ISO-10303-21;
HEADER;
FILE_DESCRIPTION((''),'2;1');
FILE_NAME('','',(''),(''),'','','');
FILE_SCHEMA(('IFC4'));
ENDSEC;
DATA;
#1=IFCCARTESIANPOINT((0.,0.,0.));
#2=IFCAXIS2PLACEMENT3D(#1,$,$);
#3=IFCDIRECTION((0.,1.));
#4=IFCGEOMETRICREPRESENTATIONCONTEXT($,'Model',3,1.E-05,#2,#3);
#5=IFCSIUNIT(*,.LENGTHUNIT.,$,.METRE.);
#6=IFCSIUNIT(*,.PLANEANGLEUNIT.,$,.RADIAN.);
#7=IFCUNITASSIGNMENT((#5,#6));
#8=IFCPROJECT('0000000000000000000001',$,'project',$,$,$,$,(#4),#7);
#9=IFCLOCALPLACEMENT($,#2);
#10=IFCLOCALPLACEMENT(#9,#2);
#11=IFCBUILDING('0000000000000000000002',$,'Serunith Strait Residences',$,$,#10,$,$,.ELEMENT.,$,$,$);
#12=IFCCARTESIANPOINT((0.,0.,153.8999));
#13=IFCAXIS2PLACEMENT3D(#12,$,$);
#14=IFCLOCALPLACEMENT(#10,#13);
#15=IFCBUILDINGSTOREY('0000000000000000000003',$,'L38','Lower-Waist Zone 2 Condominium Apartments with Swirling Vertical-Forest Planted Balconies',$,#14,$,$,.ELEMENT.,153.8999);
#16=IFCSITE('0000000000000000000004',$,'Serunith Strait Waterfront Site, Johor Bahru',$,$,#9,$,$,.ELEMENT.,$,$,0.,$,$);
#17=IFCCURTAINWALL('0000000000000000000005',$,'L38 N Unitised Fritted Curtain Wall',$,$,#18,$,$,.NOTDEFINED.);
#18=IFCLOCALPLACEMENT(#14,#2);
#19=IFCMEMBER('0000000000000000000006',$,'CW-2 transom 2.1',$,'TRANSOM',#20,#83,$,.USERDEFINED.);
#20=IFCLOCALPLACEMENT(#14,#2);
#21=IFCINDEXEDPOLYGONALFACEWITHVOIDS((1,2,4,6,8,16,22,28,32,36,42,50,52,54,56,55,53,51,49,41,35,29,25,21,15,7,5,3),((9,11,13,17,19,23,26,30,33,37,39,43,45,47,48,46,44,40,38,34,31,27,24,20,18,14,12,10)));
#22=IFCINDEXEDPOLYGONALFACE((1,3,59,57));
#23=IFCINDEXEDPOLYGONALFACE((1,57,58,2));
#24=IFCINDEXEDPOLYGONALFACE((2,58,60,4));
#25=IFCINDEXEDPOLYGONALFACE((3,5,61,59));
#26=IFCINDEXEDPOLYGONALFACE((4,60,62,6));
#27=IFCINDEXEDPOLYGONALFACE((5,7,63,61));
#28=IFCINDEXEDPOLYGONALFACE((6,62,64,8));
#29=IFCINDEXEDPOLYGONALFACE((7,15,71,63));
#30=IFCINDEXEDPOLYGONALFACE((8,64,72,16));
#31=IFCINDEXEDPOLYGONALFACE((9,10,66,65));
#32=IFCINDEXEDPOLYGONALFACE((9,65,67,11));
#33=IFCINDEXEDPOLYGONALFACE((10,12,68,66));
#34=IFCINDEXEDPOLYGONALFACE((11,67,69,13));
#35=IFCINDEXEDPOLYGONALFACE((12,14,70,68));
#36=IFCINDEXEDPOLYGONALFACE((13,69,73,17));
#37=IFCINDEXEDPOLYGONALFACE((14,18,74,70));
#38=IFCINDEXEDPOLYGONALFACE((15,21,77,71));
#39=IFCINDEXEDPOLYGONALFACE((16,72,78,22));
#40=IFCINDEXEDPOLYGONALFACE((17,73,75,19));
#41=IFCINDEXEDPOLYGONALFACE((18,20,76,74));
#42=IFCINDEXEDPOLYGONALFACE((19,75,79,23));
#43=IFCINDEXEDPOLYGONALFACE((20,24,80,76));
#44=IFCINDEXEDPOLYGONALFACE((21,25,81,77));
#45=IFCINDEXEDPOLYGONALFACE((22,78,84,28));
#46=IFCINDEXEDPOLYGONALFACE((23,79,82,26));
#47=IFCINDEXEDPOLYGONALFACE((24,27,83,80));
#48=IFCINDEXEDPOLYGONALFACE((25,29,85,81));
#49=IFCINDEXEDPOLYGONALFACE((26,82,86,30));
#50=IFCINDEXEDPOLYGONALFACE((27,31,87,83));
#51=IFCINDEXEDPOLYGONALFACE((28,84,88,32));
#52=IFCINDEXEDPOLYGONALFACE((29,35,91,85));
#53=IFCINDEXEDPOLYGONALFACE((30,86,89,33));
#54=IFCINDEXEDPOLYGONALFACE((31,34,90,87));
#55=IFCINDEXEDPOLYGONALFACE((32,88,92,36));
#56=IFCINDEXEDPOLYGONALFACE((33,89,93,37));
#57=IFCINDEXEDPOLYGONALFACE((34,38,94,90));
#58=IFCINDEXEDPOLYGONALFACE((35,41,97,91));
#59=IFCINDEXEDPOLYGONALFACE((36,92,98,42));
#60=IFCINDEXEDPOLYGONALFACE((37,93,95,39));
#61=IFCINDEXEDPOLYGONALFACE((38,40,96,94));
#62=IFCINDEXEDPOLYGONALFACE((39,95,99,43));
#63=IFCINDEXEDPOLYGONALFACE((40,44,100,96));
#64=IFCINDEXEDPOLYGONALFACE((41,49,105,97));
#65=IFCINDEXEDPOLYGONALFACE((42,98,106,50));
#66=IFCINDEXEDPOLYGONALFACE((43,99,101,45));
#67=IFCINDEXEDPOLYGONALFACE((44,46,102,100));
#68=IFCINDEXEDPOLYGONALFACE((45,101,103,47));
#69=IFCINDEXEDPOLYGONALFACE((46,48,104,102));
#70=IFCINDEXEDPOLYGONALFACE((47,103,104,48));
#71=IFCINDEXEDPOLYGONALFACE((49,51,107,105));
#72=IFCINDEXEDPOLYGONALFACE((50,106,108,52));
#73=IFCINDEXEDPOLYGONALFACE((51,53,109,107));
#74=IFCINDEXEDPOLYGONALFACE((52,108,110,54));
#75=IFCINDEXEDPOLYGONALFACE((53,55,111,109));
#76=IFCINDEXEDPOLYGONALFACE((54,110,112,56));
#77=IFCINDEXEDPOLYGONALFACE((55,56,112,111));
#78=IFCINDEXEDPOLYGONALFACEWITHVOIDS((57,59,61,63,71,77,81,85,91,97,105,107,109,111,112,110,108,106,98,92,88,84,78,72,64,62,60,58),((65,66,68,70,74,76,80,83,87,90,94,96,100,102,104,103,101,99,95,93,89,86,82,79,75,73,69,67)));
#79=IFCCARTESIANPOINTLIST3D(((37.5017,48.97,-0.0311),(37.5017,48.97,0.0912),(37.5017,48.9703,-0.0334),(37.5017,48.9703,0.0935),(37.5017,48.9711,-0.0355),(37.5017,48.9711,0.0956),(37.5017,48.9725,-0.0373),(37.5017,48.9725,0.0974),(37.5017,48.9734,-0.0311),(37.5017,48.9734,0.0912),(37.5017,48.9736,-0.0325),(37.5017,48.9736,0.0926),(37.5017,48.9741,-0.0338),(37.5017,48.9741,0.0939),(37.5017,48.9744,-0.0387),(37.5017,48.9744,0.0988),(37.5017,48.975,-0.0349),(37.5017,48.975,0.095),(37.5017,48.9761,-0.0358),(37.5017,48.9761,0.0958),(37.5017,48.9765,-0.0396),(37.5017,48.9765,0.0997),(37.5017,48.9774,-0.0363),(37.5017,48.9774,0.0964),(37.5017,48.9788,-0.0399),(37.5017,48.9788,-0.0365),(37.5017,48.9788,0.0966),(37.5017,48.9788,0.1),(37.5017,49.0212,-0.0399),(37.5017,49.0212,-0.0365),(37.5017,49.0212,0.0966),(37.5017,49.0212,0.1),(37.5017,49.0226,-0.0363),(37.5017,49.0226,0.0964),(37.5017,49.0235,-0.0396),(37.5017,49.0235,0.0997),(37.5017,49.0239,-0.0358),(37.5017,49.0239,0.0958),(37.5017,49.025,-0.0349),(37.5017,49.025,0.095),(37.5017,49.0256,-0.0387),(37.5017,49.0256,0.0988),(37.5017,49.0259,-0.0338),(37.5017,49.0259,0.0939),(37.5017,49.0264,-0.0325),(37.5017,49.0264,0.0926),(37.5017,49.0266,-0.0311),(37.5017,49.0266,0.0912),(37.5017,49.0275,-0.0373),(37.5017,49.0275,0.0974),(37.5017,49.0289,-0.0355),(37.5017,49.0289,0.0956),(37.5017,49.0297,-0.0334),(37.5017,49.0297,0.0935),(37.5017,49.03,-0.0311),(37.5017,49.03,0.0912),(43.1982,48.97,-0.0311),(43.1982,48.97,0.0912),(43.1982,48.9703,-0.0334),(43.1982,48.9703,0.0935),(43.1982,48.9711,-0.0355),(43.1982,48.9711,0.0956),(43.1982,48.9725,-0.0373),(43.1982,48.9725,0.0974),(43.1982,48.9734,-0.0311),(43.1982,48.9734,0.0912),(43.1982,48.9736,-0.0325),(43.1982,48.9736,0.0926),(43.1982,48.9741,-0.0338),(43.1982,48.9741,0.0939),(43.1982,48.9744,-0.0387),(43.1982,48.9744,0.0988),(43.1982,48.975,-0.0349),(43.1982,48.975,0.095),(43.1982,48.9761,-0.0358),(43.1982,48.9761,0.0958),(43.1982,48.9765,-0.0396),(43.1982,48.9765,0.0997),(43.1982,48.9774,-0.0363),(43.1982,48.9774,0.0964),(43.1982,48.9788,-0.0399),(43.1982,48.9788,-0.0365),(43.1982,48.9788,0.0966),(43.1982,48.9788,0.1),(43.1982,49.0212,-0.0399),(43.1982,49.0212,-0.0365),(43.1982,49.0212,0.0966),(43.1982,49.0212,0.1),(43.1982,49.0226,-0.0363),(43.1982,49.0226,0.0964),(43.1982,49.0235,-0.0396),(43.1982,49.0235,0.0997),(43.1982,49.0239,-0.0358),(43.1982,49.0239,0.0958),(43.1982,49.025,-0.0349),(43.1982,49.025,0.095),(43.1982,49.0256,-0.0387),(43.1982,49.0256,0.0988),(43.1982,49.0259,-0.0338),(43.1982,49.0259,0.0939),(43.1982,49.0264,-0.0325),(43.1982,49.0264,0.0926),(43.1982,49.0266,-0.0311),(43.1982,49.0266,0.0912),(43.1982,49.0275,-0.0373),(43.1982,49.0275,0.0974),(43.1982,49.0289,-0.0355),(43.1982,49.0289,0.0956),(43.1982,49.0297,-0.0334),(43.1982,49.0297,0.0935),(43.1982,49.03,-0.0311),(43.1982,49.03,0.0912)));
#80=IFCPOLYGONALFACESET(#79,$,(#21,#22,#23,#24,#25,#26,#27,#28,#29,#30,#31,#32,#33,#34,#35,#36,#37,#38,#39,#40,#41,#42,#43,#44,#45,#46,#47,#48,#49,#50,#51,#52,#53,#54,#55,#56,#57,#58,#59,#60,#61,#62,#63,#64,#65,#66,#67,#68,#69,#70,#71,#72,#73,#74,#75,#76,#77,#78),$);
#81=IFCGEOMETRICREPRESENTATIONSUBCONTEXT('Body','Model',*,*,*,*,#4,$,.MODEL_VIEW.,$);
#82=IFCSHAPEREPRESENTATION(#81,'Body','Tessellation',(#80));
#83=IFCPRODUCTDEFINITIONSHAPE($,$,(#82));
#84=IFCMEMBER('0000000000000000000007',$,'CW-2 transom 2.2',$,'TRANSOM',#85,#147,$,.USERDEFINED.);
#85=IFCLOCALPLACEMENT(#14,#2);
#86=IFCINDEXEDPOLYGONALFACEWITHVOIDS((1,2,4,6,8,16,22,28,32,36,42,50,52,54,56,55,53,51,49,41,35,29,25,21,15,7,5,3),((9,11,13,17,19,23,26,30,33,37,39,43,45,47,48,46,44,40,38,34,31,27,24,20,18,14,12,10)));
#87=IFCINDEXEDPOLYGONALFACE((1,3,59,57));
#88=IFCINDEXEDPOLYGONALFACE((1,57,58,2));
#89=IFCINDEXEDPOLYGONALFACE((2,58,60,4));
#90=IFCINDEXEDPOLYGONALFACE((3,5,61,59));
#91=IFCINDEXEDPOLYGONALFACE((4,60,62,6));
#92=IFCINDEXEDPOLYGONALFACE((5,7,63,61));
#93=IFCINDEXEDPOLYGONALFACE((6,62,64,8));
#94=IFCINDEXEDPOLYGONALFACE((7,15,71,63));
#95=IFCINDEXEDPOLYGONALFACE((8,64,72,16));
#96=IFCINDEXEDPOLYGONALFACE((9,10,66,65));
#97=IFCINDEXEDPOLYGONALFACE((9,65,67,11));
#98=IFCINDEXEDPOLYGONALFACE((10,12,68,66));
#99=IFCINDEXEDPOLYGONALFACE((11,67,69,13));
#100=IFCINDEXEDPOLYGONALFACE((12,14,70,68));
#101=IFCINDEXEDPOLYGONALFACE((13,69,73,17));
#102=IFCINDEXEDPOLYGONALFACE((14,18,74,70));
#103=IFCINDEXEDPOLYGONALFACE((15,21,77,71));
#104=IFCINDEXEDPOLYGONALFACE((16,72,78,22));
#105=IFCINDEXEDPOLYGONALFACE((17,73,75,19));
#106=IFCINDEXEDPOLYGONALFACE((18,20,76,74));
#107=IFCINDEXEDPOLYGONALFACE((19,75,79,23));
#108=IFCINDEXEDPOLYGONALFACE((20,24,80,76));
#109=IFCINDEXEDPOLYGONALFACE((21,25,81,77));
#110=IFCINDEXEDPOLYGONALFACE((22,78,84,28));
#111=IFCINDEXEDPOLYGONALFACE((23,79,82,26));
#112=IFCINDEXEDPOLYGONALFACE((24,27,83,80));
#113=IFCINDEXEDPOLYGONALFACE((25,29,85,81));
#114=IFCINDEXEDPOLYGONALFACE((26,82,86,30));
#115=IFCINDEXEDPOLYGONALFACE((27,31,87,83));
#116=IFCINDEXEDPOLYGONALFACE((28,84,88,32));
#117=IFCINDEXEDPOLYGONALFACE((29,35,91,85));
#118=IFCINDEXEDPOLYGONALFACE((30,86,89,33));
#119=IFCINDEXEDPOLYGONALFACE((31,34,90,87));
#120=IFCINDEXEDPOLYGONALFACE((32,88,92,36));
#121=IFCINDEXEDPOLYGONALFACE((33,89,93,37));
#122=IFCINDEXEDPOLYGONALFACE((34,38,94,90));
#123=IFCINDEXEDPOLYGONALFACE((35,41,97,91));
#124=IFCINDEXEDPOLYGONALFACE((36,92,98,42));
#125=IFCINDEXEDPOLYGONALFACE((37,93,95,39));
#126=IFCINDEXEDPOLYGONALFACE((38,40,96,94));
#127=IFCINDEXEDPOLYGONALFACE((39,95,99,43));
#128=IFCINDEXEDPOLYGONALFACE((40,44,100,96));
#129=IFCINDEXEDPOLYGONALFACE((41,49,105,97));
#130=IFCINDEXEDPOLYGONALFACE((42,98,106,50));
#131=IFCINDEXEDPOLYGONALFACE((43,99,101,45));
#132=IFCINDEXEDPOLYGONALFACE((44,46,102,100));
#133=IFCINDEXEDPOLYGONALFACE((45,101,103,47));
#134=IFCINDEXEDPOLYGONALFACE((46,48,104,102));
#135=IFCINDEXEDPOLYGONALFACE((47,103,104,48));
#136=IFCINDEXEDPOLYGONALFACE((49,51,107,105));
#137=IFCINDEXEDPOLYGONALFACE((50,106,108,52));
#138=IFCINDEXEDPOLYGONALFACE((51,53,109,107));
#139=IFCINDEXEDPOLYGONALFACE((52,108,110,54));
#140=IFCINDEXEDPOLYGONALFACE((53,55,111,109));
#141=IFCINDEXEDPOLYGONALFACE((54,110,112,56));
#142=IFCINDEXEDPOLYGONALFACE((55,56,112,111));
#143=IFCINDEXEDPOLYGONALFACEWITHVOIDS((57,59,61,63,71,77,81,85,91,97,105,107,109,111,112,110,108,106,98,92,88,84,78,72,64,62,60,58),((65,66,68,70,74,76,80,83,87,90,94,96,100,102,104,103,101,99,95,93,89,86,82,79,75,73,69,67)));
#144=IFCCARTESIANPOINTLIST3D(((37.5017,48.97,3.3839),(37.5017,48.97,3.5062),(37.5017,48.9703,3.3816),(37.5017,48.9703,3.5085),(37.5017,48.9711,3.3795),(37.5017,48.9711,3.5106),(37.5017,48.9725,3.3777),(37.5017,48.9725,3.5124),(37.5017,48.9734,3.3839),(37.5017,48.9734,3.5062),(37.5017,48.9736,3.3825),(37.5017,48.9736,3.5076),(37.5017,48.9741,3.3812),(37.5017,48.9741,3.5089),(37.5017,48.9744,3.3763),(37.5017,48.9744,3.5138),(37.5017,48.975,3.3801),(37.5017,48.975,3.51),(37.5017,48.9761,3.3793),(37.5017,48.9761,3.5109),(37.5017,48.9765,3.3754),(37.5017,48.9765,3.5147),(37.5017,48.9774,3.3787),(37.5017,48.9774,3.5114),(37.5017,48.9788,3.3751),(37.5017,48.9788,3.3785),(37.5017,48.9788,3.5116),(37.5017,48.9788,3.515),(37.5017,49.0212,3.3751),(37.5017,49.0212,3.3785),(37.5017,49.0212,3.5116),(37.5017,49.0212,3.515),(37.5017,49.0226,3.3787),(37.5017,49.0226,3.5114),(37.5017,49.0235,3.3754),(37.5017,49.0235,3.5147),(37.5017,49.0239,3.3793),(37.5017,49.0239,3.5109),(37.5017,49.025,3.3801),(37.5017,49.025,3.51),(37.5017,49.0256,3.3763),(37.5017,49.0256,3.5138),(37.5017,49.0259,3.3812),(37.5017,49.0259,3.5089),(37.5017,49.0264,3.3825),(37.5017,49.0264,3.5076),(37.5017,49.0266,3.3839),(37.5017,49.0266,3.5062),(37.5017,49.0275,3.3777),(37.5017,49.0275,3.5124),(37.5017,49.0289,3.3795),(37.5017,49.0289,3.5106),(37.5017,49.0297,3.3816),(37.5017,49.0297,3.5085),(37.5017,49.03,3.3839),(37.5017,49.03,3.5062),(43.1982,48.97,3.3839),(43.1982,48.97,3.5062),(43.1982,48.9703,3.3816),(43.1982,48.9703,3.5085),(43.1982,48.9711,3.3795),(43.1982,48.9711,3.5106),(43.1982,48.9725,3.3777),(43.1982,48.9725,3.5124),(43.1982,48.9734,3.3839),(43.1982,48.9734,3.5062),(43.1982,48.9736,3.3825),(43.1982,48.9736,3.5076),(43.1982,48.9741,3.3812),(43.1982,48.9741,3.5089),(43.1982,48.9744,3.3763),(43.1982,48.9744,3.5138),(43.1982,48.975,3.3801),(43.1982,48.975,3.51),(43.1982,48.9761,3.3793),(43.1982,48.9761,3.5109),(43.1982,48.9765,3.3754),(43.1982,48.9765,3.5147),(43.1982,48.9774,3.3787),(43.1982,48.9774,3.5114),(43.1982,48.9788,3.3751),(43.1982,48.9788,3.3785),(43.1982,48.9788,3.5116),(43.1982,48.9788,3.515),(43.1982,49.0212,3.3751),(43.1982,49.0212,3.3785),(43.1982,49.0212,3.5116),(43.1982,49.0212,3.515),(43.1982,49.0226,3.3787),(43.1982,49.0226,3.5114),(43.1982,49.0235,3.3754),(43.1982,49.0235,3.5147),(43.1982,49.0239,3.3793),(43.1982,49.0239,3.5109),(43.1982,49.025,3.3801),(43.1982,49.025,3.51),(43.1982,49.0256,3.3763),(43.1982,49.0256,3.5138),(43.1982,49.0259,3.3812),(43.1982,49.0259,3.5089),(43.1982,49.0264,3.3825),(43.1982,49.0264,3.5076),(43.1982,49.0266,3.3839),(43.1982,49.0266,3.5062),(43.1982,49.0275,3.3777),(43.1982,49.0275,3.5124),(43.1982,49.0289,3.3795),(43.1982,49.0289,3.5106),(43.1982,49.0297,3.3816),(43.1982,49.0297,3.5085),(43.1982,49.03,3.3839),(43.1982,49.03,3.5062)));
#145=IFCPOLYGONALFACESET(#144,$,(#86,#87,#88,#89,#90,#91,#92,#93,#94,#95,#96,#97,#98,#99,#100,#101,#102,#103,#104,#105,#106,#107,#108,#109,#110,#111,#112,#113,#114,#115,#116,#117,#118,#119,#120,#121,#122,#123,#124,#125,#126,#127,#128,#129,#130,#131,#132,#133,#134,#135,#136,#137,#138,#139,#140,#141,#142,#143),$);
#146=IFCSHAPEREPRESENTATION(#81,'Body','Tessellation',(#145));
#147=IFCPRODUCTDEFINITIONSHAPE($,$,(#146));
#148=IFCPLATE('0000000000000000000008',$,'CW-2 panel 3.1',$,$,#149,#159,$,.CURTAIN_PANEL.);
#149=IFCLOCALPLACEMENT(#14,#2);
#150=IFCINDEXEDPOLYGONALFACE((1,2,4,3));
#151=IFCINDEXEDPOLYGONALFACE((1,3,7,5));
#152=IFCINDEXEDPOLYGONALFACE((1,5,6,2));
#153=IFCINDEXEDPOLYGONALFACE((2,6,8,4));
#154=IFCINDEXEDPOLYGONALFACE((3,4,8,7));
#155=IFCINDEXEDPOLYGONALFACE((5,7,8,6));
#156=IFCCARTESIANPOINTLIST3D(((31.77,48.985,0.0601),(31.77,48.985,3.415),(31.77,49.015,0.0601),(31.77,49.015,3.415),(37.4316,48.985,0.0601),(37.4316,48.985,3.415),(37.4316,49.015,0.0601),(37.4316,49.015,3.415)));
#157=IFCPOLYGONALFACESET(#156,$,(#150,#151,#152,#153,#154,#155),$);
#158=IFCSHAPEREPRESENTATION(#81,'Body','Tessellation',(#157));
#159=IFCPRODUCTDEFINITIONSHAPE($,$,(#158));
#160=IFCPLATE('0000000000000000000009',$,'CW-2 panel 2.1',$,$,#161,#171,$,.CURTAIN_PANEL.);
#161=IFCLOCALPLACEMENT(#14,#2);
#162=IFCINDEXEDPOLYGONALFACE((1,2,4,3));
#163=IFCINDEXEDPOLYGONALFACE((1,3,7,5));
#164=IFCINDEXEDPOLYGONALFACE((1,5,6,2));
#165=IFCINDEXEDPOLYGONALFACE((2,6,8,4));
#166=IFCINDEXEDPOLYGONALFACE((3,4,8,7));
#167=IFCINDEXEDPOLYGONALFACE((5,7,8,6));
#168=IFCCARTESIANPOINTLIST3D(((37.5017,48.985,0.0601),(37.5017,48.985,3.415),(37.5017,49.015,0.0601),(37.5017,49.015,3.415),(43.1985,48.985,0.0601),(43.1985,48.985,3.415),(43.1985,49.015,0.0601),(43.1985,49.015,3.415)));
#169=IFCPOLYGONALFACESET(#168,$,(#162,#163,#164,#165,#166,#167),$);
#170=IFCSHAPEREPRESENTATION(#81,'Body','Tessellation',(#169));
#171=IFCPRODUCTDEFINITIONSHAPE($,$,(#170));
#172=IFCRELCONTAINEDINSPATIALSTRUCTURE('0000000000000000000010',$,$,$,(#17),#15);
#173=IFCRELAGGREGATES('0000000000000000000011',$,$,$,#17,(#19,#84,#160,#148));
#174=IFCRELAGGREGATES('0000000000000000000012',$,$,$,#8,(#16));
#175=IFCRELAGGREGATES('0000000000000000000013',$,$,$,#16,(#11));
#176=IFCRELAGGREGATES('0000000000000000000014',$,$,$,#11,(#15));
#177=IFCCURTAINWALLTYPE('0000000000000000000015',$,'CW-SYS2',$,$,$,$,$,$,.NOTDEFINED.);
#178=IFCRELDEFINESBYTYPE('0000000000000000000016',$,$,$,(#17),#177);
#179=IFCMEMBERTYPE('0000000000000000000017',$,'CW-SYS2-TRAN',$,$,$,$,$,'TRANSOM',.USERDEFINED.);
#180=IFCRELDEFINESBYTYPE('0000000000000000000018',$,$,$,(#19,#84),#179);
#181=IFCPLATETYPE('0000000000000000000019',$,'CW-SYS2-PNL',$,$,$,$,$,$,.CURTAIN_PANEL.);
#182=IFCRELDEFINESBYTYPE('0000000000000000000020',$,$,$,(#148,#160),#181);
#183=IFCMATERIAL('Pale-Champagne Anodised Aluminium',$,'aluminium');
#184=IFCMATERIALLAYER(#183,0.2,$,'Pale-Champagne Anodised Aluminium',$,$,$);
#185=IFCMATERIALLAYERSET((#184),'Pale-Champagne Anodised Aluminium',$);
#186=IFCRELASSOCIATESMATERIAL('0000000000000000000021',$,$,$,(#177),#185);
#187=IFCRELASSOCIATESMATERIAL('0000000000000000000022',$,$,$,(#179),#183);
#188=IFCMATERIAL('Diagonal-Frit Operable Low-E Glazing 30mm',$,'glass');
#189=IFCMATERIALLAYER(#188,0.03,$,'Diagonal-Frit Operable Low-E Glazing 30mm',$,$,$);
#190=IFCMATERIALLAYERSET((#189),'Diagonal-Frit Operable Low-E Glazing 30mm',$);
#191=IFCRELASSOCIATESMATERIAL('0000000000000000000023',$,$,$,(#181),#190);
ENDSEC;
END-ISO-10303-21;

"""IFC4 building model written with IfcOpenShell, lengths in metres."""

from ifc_helpers import new_model, si_unit, direction, frame, origin, origin_2d, place, context, subcontext, project, spatial, rectangle, hollow_rectangle, extrude, source, transform, mapped, material, layer, layer_set, material_profile, profile_set, type_object, element, aggregate, save


model = new_model("IFC4")

# Units and contexts
model_context = context("Model", 3, precision=1e-05, world=origin(), true_north=direction((0.0, 1.0)))
body_context = subcontext(model_context, "Body", "Model", "MODEL_VIEW")
ifc_project = project(units=[si_unit("LENGTHUNIT", "METRE"), si_unit("PLANEANGLEUNIT", "RADIAN")], contexts=[model_context])

# Site, building, storey
site_placement = place(None, origin())
site = spatial("IfcSite", under=ifc_project, at=site_placement, Name="Serunith Strait Waterfront Site, Johor Bahru", CompositionType="ELEMENT", RefElevation=0.0)
building_placement = place(site_placement, origin())
building = spatial("IfcBuilding", under=site, at=building_placement, Name="Serunith Strait Residences", CompositionType="ELEMENT")
storey_placement = place(building_placement, frame((0.0, 0.0, 153.8999)))
storey = spatial("IfcBuildingStorey", under=building, at=storey_placement, Name="L38", Description="Lower-Waist Zone 2 Condominium Apartments with Swirling Vertical-Forest Planted Balconies", CompositionType="ELEMENT", Elevation=153.8999)

# Curtain wall, members, plates
ifc_material_1 = material(Name="Pale-Champagne Anodised Aluminium", Category="aluminium")
ifc_layer_1 = layer(ifc_material_1, 0.2, Name="Pale-Champagne Anodised Aluminium")
ifc_layer_set_1 = layer_set([ifc_layer_1], Name="Pale-Champagne Anodised Aluminium")
curtain_wall_type = type_object("IfcCurtainWallType", Name="CW-SYS2", PredefinedType="NOTDEFINED", material=ifc_layer_set_1)
curtain_wall_placement = place(storey_placement, origin())
curtain_wall = element("IfcCurtainWall", 1, at=curtain_wall_placement, inside=storey, type_object=curtain_wall_type, Name="L38 N Unitised Fritted Curtain Wall", PredefinedType="NOTDEFINED")
ifc_material_profile_1 = material_profile(ifc_material_1, hollow_rectangle(XDim=0.0601, YDim=0.1399, WallThickness=0.0034, InnerFilletRadius=0.0054, OuterFilletRadius=0.0088, at=origin_2d()), Name="ALU 140x60x3.5")
ifc_profile_set_1 = profile_set([ifc_material_profile_1], Name="Pale-Champagne Anodised Aluminium")
member_type_1 = type_object("IfcMemberType", Name="CW-SYS2-TRAN", ElementType="TRANSOM", PredefinedType="USERDEFINED", material=ifc_profile_set_1)
shared_shape_1 = source(origin(), body_context, "Body", "SweptSolid", [
    extrude(hollow_rectangle(XDim=0.0601, YDim=0.1399, WallThickness=0.0034, InnerFilletRadius=0.0054, OuterFilletRadius=0.0088, at=origin_2d()), origin(), (0.0, 0.0, 1.0), 5.6965),
])
member_1_placement = place(storey_placement, frame((43.1982, 49.0, 0.03), z_axis=(-1.0, 0.0, 0.0), x_axis=(0.0, -1.0, 0.0)))
member_1 = element("IfcMember", 2, at=member_1_placement, type_object=member_type_1, Name="CW-2 transom 2.1", ObjectType="TRANSOM", PredefinedType="USERDEFINED", context=body_context, shape_type="MappedRepresentation", body=[
    mapped(shared_shape_1, transform((0.0, 0.0, 0.0), scale=1.0)),
])
member_2_placement = place(storey_placement, frame((43.1982, 49.0, 3.4451), z_axis=(-1.0, 0.0, 0.0), x_axis=(0.0, -1.0, 0.0)))
member_2 = element("IfcMember", 3, at=member_2_placement, type_object=member_type_1, Name="CW-2 transom 2.2", ObjectType="TRANSOM", PredefinedType="USERDEFINED", context=body_context, shape_type="MappedRepresentation", body=[
    mapped(shared_shape_1, transform((0.0, 0.0, 0.0), scale=1.0)),
])
ifc_material_2 = material(Name="Diagonal-Frit Operable Low-E Glazing 30mm", Category="glass")
ifc_layer_2 = layer(ifc_material_2, 0.03, Name="Diagonal-Frit Operable Low-E Glazing 30mm")
ifc_layer_set_2 = layer_set([ifc_layer_2], Name="Diagonal-Frit Operable Low-E Glazing 30mm")
plate_type = type_object("IfcPlateType", Name="CW-SYS2-PNL", PredefinedType="CURTAIN_PANEL", material=ifc_layer_set_2)
shared_shape_2 = source(origin(), body_context, "Body", "SweptSolid", [
    extrude(rectangle(XDim=5.6616, YDim=0.03, at=origin_2d()), origin(), (0.0, 0.0, 1.0), 3.355),
])
plate_1_placement = place(storey_placement, frame((34.6008, 49.0, 0.0601), z_axis=(0.0, 0.0, 1.0), x_axis=(-1.0, 0.0, 0.0)))
plate_1 = element("IfcPlate", 4, at=plate_1_placement, type_object=plate_type, Name="CW-2 panel 3.1", PredefinedType="CURTAIN_PANEL", context=body_context, shape_type="MappedRepresentation", body=[
    mapped(shared_shape_2, transform((0.0, 0.0, 0.0), scale=1.0)),
])
shared_shape_3 = source(origin(), body_context, "Body", "SweptSolid", [
    extrude(rectangle(XDim=5.6968, YDim=0.03, at=origin_2d()), origin(), (0.0, 0.0, 1.0), 3.355),
])
plate_2_placement = place(storey_placement, frame((40.3501, 49.0, 0.0601), z_axis=(0.0, 0.0, 1.0), x_axis=(-1.0, 0.0, 0.0)))
plate_2 = element("IfcPlate", 5, at=plate_2_placement, type_object=plate_type, Name="CW-2 panel 2.1", PredefinedType="CURTAIN_PANEL", context=body_context, shape_type="MappedRepresentation", body=[
    mapped(shared_shape_3, transform((0.0, 0.0, 0.0), scale=1.0)),
])
aggregate(curtain_wall, [member_1, member_2, plate_2, plate_1])

save(model, "model.ifc")
